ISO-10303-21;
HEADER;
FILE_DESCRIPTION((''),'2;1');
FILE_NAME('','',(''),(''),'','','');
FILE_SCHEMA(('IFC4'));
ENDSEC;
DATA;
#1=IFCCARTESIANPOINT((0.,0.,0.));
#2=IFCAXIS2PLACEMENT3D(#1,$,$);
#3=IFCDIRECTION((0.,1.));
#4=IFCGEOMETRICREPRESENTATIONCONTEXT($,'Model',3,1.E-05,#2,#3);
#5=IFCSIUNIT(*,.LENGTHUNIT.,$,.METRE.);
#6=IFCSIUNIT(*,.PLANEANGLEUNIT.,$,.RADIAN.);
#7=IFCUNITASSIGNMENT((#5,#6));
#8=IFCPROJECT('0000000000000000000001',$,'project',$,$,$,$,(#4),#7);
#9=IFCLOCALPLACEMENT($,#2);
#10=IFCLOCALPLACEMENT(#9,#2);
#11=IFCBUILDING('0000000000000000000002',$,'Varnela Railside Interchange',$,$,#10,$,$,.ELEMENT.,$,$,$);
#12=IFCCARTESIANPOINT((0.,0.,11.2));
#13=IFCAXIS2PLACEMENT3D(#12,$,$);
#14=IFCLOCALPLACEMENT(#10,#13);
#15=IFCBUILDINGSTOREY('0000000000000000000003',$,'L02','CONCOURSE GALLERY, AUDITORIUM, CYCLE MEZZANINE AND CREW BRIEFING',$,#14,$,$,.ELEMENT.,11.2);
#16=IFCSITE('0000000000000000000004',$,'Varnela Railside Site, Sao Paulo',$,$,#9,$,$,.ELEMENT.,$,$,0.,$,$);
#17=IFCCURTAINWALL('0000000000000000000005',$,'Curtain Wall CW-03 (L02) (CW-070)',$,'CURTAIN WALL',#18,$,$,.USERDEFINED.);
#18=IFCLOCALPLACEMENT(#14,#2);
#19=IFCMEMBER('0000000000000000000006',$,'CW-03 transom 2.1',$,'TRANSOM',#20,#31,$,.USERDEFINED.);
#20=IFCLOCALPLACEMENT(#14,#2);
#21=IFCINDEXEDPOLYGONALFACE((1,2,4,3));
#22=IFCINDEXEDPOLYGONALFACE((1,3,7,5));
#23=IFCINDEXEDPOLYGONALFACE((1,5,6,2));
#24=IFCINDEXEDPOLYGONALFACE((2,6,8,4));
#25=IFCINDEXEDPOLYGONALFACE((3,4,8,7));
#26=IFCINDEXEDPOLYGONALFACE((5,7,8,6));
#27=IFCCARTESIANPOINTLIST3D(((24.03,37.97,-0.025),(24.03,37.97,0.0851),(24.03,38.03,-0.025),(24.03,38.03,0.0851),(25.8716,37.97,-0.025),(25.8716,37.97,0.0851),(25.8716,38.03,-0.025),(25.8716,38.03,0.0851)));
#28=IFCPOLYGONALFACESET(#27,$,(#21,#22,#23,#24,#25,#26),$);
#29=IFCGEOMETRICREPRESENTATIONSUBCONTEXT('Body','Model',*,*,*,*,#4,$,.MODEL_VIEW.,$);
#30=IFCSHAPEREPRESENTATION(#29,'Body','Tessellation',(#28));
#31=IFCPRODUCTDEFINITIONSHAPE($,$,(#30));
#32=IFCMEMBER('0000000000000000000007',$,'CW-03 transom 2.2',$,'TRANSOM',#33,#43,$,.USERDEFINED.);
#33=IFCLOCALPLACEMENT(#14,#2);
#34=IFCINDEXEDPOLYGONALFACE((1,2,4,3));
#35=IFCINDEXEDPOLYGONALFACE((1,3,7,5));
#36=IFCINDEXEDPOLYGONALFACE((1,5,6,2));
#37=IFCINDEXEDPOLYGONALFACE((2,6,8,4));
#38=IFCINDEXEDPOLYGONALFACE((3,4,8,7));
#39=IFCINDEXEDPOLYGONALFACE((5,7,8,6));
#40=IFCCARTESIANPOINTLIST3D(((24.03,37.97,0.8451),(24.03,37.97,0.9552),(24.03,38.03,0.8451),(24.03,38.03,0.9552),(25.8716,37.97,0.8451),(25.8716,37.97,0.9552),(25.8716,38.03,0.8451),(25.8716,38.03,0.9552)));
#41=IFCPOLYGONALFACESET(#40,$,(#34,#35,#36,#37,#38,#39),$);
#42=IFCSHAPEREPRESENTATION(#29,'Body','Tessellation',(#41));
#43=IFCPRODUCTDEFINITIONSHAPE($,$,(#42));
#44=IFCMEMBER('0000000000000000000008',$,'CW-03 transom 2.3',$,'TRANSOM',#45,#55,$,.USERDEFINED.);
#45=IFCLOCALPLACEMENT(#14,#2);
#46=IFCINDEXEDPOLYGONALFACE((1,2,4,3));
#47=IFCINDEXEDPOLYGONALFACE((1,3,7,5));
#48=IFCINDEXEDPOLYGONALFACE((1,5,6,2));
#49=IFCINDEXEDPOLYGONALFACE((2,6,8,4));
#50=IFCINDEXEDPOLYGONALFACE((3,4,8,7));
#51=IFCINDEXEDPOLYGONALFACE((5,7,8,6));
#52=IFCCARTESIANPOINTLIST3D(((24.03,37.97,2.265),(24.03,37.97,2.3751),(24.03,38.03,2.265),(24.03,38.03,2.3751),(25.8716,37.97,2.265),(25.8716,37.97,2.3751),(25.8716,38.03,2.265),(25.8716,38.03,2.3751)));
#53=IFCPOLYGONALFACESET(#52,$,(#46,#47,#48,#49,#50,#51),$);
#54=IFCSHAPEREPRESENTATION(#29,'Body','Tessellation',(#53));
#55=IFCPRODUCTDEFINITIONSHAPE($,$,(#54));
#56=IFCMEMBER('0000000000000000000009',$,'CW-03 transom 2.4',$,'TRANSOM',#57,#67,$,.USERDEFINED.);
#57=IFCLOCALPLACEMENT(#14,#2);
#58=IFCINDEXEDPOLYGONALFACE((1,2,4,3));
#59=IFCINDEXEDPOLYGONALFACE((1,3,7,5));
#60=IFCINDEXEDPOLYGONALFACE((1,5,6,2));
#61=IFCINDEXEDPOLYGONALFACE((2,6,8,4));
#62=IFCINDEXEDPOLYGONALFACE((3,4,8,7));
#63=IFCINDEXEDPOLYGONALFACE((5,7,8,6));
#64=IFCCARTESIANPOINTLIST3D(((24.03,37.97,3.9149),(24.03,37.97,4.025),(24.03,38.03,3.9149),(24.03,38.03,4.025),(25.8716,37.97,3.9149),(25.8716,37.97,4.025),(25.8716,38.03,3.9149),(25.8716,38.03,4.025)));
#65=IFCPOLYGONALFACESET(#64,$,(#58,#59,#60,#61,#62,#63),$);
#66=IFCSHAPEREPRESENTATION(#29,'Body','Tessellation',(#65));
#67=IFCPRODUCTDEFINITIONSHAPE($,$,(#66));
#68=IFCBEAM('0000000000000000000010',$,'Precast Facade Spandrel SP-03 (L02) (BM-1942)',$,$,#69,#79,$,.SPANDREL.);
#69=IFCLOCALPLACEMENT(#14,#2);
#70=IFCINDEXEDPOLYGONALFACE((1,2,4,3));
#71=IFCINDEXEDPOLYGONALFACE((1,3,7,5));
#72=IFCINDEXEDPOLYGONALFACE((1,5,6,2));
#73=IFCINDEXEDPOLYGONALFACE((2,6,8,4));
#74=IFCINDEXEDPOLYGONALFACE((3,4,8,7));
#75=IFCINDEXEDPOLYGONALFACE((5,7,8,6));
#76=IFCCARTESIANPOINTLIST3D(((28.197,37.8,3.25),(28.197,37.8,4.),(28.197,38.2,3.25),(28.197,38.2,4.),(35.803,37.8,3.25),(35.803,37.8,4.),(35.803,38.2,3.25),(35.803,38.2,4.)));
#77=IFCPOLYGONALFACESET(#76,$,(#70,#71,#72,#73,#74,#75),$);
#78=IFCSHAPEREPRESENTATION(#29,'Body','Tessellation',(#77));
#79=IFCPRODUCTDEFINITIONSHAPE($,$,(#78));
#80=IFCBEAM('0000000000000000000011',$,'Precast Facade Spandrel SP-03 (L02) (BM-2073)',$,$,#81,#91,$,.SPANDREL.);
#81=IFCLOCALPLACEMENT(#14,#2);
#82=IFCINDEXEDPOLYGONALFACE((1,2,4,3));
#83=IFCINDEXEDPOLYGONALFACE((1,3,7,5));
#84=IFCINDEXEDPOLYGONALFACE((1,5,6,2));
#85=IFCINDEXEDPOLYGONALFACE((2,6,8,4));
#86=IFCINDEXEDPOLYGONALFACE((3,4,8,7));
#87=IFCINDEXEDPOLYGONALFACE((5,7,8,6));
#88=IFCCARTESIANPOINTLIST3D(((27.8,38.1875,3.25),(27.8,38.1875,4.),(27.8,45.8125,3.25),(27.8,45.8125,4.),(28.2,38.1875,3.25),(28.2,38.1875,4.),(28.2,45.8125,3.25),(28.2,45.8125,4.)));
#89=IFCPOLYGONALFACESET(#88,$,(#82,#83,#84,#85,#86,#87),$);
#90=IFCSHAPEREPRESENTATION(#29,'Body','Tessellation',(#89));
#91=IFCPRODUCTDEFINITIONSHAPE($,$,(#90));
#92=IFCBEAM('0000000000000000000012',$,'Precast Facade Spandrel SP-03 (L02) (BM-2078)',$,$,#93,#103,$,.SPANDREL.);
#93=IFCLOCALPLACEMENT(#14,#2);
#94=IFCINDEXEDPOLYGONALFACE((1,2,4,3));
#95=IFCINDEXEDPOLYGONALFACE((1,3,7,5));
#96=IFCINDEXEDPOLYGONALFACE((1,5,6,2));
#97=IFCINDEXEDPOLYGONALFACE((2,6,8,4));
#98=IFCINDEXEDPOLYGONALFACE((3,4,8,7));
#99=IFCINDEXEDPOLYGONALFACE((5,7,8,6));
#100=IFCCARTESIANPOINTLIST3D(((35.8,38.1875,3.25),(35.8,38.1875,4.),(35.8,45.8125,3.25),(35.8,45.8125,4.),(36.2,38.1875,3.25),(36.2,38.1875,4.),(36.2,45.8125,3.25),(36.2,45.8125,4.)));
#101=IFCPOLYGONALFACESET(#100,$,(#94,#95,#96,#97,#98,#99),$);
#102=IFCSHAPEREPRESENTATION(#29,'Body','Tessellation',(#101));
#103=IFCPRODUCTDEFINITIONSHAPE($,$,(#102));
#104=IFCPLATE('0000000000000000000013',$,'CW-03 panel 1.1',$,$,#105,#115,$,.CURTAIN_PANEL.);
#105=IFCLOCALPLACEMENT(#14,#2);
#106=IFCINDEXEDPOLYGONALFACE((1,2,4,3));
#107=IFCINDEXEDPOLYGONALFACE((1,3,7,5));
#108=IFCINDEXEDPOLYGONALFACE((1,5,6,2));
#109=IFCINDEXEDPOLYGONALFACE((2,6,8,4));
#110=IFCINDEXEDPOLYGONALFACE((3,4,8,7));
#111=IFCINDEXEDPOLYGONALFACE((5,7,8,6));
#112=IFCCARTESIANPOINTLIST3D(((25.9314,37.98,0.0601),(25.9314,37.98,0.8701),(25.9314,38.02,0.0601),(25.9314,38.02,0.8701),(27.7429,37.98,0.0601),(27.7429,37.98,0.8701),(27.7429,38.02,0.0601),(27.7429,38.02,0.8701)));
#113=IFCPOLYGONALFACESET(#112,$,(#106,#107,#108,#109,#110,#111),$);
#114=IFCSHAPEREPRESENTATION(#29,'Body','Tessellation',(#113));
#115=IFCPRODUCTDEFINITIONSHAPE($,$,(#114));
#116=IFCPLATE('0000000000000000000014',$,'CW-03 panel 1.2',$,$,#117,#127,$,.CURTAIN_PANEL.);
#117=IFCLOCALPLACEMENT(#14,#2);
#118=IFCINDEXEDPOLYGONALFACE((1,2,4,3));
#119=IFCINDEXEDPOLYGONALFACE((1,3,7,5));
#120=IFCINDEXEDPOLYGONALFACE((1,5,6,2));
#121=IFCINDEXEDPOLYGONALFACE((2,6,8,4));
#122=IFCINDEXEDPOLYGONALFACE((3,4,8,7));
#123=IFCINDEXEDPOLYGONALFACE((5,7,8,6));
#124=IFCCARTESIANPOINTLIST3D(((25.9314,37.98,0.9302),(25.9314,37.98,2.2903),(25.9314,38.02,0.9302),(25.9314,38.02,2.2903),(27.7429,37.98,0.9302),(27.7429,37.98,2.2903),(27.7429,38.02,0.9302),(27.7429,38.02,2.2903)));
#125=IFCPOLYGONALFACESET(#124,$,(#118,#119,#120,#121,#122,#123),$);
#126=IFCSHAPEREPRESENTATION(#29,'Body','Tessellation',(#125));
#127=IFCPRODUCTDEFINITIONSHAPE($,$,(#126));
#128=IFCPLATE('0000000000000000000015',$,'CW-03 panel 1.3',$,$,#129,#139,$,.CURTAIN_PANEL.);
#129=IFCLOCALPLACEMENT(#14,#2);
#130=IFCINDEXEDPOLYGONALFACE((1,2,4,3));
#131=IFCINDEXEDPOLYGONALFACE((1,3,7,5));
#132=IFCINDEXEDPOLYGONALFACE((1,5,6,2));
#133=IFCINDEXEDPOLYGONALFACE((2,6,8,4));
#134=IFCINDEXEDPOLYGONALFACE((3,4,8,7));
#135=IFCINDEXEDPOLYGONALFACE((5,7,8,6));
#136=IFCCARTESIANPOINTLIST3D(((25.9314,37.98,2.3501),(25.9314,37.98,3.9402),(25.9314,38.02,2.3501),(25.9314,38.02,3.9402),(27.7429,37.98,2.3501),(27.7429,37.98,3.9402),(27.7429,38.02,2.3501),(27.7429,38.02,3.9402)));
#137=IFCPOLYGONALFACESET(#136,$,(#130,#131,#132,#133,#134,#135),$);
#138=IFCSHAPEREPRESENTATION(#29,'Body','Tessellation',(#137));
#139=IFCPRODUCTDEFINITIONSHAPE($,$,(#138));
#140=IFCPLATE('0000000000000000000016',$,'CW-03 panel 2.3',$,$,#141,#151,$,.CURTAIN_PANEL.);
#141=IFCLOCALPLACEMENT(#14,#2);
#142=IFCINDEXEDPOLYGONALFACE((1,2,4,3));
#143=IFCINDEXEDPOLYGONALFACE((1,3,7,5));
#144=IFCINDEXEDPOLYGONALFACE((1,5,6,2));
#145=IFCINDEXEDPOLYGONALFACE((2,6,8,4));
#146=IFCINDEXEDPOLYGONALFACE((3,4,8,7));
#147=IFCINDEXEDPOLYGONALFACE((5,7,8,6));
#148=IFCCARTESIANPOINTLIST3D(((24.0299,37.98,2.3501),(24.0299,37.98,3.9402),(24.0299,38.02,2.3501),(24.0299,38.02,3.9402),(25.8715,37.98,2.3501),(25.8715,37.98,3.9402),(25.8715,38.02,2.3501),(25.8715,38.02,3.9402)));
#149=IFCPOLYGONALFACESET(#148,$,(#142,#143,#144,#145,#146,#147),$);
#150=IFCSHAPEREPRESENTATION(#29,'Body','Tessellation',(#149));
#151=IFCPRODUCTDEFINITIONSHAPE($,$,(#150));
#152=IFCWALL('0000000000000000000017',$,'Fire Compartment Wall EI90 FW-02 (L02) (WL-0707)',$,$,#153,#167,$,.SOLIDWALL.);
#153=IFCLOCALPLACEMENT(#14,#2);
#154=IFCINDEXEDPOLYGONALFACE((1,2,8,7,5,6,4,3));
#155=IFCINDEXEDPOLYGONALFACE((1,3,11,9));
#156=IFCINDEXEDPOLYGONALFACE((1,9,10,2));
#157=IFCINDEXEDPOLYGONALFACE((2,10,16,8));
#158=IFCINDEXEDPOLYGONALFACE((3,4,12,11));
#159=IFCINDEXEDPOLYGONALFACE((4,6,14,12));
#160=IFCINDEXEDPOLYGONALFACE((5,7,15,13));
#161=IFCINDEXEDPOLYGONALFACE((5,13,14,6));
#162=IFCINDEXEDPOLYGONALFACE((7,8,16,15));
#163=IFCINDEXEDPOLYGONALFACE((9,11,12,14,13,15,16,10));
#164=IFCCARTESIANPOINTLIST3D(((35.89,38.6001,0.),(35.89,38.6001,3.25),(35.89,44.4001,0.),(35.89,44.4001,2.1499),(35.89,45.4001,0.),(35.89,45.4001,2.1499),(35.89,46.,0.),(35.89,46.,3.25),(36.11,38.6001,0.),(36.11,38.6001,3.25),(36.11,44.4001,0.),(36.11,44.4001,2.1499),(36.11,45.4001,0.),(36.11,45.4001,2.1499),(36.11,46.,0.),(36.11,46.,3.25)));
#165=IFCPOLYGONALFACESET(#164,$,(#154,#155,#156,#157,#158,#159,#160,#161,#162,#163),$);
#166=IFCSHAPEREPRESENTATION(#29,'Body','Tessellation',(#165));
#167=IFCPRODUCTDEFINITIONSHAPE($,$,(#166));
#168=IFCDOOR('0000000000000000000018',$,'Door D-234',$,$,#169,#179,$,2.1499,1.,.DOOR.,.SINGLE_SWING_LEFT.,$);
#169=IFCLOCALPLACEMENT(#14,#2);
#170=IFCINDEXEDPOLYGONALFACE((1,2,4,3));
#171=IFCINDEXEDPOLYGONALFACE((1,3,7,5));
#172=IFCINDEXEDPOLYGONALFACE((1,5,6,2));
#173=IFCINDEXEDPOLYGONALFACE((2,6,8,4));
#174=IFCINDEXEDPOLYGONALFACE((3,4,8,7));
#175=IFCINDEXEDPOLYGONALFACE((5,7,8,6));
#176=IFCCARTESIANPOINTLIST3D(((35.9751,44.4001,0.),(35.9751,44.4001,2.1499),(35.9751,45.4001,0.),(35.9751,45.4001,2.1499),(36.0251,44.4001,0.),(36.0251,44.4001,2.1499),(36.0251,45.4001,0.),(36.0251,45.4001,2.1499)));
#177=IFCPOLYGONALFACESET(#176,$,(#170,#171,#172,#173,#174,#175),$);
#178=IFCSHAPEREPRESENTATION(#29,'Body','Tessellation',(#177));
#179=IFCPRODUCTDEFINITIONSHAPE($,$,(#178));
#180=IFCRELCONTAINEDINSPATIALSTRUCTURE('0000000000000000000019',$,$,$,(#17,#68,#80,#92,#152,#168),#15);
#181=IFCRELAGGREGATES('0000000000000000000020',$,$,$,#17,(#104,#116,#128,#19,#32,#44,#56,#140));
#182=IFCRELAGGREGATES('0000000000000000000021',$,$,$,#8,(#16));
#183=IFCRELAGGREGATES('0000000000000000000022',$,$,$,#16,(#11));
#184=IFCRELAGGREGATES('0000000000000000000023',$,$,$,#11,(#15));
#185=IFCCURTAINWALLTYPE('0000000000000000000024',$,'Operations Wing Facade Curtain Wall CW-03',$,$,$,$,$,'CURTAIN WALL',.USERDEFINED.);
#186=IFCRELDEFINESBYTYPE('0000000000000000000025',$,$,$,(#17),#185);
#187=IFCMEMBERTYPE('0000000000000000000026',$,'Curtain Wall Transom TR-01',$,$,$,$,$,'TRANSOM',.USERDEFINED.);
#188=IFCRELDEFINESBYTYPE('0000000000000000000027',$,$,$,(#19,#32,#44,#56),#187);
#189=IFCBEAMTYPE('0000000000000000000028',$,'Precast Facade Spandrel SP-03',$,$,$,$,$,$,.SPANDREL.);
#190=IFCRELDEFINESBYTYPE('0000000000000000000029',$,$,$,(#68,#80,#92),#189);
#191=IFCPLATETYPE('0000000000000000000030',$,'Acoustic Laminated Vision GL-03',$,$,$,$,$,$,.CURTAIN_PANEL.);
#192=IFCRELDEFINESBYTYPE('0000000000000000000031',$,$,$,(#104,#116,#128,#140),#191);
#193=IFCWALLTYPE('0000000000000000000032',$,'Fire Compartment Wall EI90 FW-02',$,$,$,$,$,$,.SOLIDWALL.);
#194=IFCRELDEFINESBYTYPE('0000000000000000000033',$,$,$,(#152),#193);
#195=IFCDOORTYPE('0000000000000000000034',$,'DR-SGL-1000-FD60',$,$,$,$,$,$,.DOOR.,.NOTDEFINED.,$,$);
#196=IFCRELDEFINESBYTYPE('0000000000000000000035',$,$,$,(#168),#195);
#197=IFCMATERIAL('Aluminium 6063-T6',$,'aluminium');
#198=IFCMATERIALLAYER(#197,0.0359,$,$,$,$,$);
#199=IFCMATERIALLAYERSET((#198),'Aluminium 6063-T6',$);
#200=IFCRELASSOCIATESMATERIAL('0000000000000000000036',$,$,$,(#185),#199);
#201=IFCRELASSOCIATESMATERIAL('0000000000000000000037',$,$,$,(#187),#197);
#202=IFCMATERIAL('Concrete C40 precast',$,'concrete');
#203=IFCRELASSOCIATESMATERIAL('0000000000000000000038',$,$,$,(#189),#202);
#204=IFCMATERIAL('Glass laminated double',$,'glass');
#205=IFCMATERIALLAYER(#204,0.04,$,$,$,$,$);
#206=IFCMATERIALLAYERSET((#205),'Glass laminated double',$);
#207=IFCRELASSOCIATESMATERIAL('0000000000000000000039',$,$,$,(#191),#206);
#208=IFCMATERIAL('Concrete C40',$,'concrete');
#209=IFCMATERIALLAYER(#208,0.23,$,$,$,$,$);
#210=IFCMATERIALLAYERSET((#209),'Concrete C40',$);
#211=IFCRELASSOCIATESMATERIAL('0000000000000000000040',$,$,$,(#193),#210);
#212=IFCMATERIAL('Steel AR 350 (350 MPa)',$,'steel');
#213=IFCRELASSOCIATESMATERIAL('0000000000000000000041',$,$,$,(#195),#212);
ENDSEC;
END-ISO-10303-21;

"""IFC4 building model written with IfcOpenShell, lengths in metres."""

from ifc_helpers import new_model, si_unit, direction, frame, frame_2d, origin, origin_2d, place, context, subcontext, project, spatial, rectangle, extrude, material, layer, layer_set, material_profile, profile_set, type_object, element, fill, aggregate, save


model = new_model("IFC4")

# Units and contexts
model_context = context("Model", 3, precision=1e-05, world=origin(), true_north=direction((0.0, 1.0)))
body_context = subcontext(model_context, "Body", "Model", "MODEL_VIEW")
ifc_project = project(units=[si_unit("LENGTHUNIT", "METRE"), si_unit("PLANEANGLEUNIT", "RADIAN")], contexts=[model_context])

# Site, building, storey
site_placement = place(None, origin())
site = spatial("IfcSite", under=ifc_project, at=site_placement, Name="Varnela Railside Site, Sao Paulo", CompositionType="ELEMENT", RefElevation=0.0)
building_placement = place(site_placement, origin())
building = spatial("IfcBuilding", under=site, at=building_placement, Name="Varnela Railside Interchange", CompositionType="ELEMENT")
storey_placement = place(building_placement, frame((0.0, 0.0, 11.2)))
storey = spatial("IfcBuildingStorey", under=building, at=storey_placement, Name="L02", Description="CONCOURSE GALLERY, AUDITORIUM, CYCLE MEZZANINE AND CREW BRIEFING", CompositionType="ELEMENT", Elevation=11.2)

# Shared definitions
ifc_material_1 = material(Name="Steel AR 350 (350 MPa)", Category="steel")

# Curtain wall, members
ifc_material_2 = material(Name="Aluminium 6063-T6", Category="aluminium")
ifc_layer_1 = layer(ifc_material_2, 0.0359)
ifc_layer_set_1 = layer_set([ifc_layer_1], Name="Aluminium 6063-T6")
curtain_wall_type = type_object("IfcCurtainWallType", Name="Operations Wing Facade Curtain Wall CW-03", ElementType="CURTAIN WALL", PredefinedType="USERDEFINED", material=ifc_layer_set_1)
curtain_wall_placement = place(storey_placement, origin())
curtain_wall = element("IfcCurtainWall", 1, at=curtain_wall_placement, inside=storey, type_object=curtain_wall_type, Name="Curtain Wall CW-03 (L02) (CW-070)", ObjectType="CURTAIN WALL", PredefinedType="USERDEFINED")
ifc_material_profile_1 = material_profile(ifc_material_2, rectangle(XDim=0.0601, YDim=0.1101, at=origin_2d()), Name="ALU 60x110")
ifc_profile_set_1 = profile_set([ifc_material_profile_1], Name="Aluminium 6063-T6")
member_type_1 = type_object("IfcMemberType", Name="Curtain Wall Transom TR-01", ElementType="TRANSOM", PredefinedType="USERDEFINED", material=ifc_profile_set_1)
member_1_placement = place(storey_placement, frame((25.8716, 38.0, 0.03), z_axis=(-1.0, 0.0, 0.0), x_axis=(0.0, -1.0, 0.0)))
member_1 = element("IfcMember", 2, at=member_1_placement, type_object=member_type_1, Name="CW-03 transom 2.1", ObjectType="TRANSOM", PredefinedType="USERDEFINED", context=body_context, shape_type="SweptSolid", body=[
    extrude(rectangle(XDim=0.0601, YDim=0.1101, at=origin_2d()), origin(), (0.0, 0.0, 1.0), 1.8416),
])
member_2_placement = place(storey_placement, frame((25.8716, 38.0, 0.9001), z_axis=(-1.0, 0.0, 0.0), x_axis=(0.0, -1.0, 0.0)))
member_2 = element("IfcMember", 3, at=member_2_placement, type_object=member_type_1, Name="CW-03 transom 2.2", ObjectType="TRANSOM", PredefinedType="USERDEFINED", context=body_context, shape_type="SweptSolid", body=[
    extrude(rectangle(XDim=0.0601, YDim=0.1101, at=origin_2d()), origin(), (0.0, 0.0, 1.0), 1.8416),
])
member_3_placement = place(storey_placement, frame((25.8716, 38.0, 2.3201), z_axis=(-1.0, 0.0, 0.0), x_axis=(0.0, -1.0, 0.0)))
member_3 = element("IfcMember", 4, at=member_3_placement, type_object=member_type_1, Name="CW-03 transom 2.3", ObjectType="TRANSOM", PredefinedType="USERDEFINED", context=body_context, shape_type="SweptSolid", body=[
    extrude(rectangle(XDim=0.0601, YDim=0.1101, at=origin_2d()), origin(), (0.0, 0.0, 1.0), 1.8416),
])
member_4_placement = place(storey_placement, frame((25.8716, 38.0, 3.97), z_axis=(-1.0, 0.0, 0.0), x_axis=(0.0, -1.0, 0.0)))
member_4 = element("IfcMember", 5, at=member_4_placement, type_object=member_type_1, Name="CW-03 transom 2.4", ObjectType="TRANSOM", PredefinedType="USERDEFINED", context=body_context, shape_type="SweptSolid", body=[
    extrude(rectangle(XDim=0.0601, YDim=0.1101, at=origin_2d()), origin(), (0.0, 0.0, 1.0), 1.8416),
])

# Beams
ifc_material_3 = material(Name="Concrete C40 precast", Category="concrete")
ifc_material_profile_2 = material_profile(ifc_material_3, rectangle(XDim=0.3999, YDim=0.75, at=origin_2d()), Name="PC 400x750")
ifc_profile_set_2 = profile_set([ifc_material_profile_2], Name="Concrete C40 precast")
beam_type_1 = type_object("IfcBeamType", Name="Precast Facade Spandrel SP-03", PredefinedType="SPANDREL", material=ifc_profile_set_2)
beam_placement = place(storey_placement, frame((28.197, 38.0, 3.625), z_axis=(1.0, 0.0, 0.0), x_axis=(0.0, 1.0, 0.0)))
element("IfcBeam", 6, at=beam_placement, inside=storey, type_object=beam_type_1, Name="Precast Facade Spandrel SP-03 (L02) (BM-1942)", PredefinedType="SPANDREL", context=body_context, shape_type="SweptSolid", body=[
    extrude(rectangle(XDim=0.3999, YDim=0.75, at=origin_2d()), origin(), (0.0, 0.0, 1.0), 7.606),
])
for number, where, z_axis, x_axis, name in (
    (7, (28.0, 38.1875, 3.625), (0.0, 1.0, 0.0), (-1.0, 0.0, 0.0), "Precast Facade Spandrel SP-03 (L02) (BM-2073)"),
    (8, (36.0, 38.1875, 3.625), (0.0, 1.0, 0.0), (-1.0, 0.0, 0.0), "Precast Facade Spandrel SP-03 (L02) (BM-2078)"),
):
    element("IfcBeam", number, at=place(storey_placement, frame(where, z_axis=z_axis, x_axis=x_axis)), inside=storey, type_object=beam_type_1, Name=name, PredefinedType="SPANDREL", context=body_context, shape_type="SweptSolid", body=[
        extrude(rectangle(XDim=0.3999, YDim=0.75, at=origin_2d()), origin(), (0.0, 0.0, 1.0), 7.625),
    ])

# Plates
ifc_material_4 = material(Name="Glass laminated double", Category="glass")
ifc_layer_2 = layer(ifc_material_4, 0.04)
ifc_layer_set_2 = layer_set([ifc_layer_2], Name="Glass laminated double")
plate_type = type_object("IfcPlateType", Name="Acoustic Laminated Vision GL-03", PredefinedType="CURTAIN_PANEL", material=ifc_layer_set_2)
plate_1_placement = place(storey_placement, frame((26.8372, 38.0, 0.0601), z_axis=(0.0, 0.0, 1.0), x_axis=(-1.0, 0.0, 0.0)))
plate_1 = element("IfcPlate", 9, at=plate_1_placement, type_object=plate_type, Name="CW-03 panel 1.1", PredefinedType="CURTAIN_PANEL", context=body_context, shape_type="SweptSolid", body=[
    extrude(rectangle(XDim=1.8115, YDim=0.04, at=origin_2d()), origin(), (0.0, 0.0, 1.0), 0.8101),
])
plate_2_placement = place(storey_placement, frame((26.8372, 38.0, 0.9302), z_axis=(0.0, 0.0, 1.0), x_axis=(-1.0, 0.0, 0.0)))
plate_2 = element("IfcPlate", 10, at=plate_2_placement, type_object=plate_type, Name="CW-03 panel 1.2", PredefinedType="CURTAIN_PANEL", context=body_context, shape_type="SweptSolid", body=[
    extrude(rectangle(XDim=1.8115, YDim=0.04, at=origin_2d()), origin(), (0.0, 0.0, 1.0), 1.3601),
])
plate_3_placement = place(storey_placement, frame((26.8372, 38.0, 2.3501), z_axis=(0.0, 0.0, 1.0), x_axis=(-1.0, 0.0, 0.0)))
plate_3 = element("IfcPlate", 11, at=plate_3_placement, type_object=plate_type, Name="CW-03 panel 1.3", PredefinedType="CURTAIN_PANEL", context=body_context, shape_type="SweptSolid", body=[
    extrude(rectangle(XDim=1.8115, YDim=0.04, at=origin_2d()), origin(), (0.0, 0.0, 1.0), 1.5901),
])
plate_4_placement = place(storey_placement, frame((24.9507, 38.0, 2.3501), z_axis=(0.0, 0.0, 1.0), x_axis=(-1.0, 0.0, 0.0)))
plate_4 = element("IfcPlate", 12, at=plate_4_placement, type_object=plate_type, Name="CW-03 panel 2.3", PredefinedType="CURTAIN_PANEL", context=body_context, shape_type="SweptSolid", body=[
    extrude(rectangle(XDim=1.8416, YDim=0.04, at=origin_2d()), origin(), (0.0, 0.0, 1.0), 1.5901),
])
aggregate(curtain_wall, [plate_1, plate_2, plate_3, member_1, member_2, member_3, member_4, plate_4])

# Wall, opening, door
ifc_material_5 = material(Name="Concrete C40", Category="concrete")
ifc_layer_3 = layer(ifc_material_5, 0.23)
ifc_layer_set_3 = layer_set([ifc_layer_3], Name="Concrete C40")
wall_type_1 = type_object("IfcWallType", Name="Fire Compartment Wall EI90 FW-02", PredefinedType="SOLIDWALL", material=ifc_layer_set_3)
wall_1_placement = place(storey_placement, frame((36.0, 38.6001, 0.0), z_axis=(0.0, 0.0, 1.0), x_axis=(0.0, 1.0, 0.0)))
wall_1 = element("IfcWall", 13, at=wall_1_placement, inside=storey, type_object=wall_type_1, Name="Fire Compartment Wall EI90 FW-02 (L02) (WL-0707)", PredefinedType="SOLIDWALL", context=body_context, shape_type="SweptSolid", body=[
    extrude(rectangle(XDim=7.3999, YDim=0.22, at=frame_2d((3.7, 0.0))), origin(), (0.0, 0.0, 1.0), 3.25),
])
opening_1_placement = place(wall_1_placement, frame((5.8, 0.0, 0.0)))
opening_1 = element("IfcOpeningElement", 14, at=opening_1_placement, cuts=wall_1, PredefinedType="OPENING", context=body_context, shape_type="SweptSolid", body=[
    extrude(rectangle(XDim=1.0, YDim=2.1499, at=frame_2d((0.5, 1.075))), frame((0.0, 0.1199, 0.0), z_axis=(0.0, -1.0, 0.0), x_axis=(1.0, 0.0, 0.0)), (0.0, 0.0, 1.0), 0.24),
])
door_type = type_object("IfcDoorType", Name="DR-SGL-1000-FD60", OperationType="NOTDEFINED", PredefinedType="DOOR", material=ifc_material_1)
door_placement = place(opening_1_placement, origin())
door = element("IfcDoor", 15, at=door_placement, inside=storey, type_object=door_type, Name="Door D-234", OperationType="SINGLE_SWING_LEFT", OverallHeight=2.1499, OverallWidth=1.0, PredefinedType="DOOR", context=body_context, shape_type="SweptSolid", body=[
    extrude(rectangle(XDim=1.0, YDim=2.1499, at=frame_2d((0.5, 1.075))), frame((0.0, 0.0249, 0.0), z_axis=(0.0, -1.0, 0.0), x_axis=(1.0, 0.0, 0.0)), (0.0, 0.0, 1.0), 0.05),
])
fill(opening_1, door)

save(model, "model.ifc")
